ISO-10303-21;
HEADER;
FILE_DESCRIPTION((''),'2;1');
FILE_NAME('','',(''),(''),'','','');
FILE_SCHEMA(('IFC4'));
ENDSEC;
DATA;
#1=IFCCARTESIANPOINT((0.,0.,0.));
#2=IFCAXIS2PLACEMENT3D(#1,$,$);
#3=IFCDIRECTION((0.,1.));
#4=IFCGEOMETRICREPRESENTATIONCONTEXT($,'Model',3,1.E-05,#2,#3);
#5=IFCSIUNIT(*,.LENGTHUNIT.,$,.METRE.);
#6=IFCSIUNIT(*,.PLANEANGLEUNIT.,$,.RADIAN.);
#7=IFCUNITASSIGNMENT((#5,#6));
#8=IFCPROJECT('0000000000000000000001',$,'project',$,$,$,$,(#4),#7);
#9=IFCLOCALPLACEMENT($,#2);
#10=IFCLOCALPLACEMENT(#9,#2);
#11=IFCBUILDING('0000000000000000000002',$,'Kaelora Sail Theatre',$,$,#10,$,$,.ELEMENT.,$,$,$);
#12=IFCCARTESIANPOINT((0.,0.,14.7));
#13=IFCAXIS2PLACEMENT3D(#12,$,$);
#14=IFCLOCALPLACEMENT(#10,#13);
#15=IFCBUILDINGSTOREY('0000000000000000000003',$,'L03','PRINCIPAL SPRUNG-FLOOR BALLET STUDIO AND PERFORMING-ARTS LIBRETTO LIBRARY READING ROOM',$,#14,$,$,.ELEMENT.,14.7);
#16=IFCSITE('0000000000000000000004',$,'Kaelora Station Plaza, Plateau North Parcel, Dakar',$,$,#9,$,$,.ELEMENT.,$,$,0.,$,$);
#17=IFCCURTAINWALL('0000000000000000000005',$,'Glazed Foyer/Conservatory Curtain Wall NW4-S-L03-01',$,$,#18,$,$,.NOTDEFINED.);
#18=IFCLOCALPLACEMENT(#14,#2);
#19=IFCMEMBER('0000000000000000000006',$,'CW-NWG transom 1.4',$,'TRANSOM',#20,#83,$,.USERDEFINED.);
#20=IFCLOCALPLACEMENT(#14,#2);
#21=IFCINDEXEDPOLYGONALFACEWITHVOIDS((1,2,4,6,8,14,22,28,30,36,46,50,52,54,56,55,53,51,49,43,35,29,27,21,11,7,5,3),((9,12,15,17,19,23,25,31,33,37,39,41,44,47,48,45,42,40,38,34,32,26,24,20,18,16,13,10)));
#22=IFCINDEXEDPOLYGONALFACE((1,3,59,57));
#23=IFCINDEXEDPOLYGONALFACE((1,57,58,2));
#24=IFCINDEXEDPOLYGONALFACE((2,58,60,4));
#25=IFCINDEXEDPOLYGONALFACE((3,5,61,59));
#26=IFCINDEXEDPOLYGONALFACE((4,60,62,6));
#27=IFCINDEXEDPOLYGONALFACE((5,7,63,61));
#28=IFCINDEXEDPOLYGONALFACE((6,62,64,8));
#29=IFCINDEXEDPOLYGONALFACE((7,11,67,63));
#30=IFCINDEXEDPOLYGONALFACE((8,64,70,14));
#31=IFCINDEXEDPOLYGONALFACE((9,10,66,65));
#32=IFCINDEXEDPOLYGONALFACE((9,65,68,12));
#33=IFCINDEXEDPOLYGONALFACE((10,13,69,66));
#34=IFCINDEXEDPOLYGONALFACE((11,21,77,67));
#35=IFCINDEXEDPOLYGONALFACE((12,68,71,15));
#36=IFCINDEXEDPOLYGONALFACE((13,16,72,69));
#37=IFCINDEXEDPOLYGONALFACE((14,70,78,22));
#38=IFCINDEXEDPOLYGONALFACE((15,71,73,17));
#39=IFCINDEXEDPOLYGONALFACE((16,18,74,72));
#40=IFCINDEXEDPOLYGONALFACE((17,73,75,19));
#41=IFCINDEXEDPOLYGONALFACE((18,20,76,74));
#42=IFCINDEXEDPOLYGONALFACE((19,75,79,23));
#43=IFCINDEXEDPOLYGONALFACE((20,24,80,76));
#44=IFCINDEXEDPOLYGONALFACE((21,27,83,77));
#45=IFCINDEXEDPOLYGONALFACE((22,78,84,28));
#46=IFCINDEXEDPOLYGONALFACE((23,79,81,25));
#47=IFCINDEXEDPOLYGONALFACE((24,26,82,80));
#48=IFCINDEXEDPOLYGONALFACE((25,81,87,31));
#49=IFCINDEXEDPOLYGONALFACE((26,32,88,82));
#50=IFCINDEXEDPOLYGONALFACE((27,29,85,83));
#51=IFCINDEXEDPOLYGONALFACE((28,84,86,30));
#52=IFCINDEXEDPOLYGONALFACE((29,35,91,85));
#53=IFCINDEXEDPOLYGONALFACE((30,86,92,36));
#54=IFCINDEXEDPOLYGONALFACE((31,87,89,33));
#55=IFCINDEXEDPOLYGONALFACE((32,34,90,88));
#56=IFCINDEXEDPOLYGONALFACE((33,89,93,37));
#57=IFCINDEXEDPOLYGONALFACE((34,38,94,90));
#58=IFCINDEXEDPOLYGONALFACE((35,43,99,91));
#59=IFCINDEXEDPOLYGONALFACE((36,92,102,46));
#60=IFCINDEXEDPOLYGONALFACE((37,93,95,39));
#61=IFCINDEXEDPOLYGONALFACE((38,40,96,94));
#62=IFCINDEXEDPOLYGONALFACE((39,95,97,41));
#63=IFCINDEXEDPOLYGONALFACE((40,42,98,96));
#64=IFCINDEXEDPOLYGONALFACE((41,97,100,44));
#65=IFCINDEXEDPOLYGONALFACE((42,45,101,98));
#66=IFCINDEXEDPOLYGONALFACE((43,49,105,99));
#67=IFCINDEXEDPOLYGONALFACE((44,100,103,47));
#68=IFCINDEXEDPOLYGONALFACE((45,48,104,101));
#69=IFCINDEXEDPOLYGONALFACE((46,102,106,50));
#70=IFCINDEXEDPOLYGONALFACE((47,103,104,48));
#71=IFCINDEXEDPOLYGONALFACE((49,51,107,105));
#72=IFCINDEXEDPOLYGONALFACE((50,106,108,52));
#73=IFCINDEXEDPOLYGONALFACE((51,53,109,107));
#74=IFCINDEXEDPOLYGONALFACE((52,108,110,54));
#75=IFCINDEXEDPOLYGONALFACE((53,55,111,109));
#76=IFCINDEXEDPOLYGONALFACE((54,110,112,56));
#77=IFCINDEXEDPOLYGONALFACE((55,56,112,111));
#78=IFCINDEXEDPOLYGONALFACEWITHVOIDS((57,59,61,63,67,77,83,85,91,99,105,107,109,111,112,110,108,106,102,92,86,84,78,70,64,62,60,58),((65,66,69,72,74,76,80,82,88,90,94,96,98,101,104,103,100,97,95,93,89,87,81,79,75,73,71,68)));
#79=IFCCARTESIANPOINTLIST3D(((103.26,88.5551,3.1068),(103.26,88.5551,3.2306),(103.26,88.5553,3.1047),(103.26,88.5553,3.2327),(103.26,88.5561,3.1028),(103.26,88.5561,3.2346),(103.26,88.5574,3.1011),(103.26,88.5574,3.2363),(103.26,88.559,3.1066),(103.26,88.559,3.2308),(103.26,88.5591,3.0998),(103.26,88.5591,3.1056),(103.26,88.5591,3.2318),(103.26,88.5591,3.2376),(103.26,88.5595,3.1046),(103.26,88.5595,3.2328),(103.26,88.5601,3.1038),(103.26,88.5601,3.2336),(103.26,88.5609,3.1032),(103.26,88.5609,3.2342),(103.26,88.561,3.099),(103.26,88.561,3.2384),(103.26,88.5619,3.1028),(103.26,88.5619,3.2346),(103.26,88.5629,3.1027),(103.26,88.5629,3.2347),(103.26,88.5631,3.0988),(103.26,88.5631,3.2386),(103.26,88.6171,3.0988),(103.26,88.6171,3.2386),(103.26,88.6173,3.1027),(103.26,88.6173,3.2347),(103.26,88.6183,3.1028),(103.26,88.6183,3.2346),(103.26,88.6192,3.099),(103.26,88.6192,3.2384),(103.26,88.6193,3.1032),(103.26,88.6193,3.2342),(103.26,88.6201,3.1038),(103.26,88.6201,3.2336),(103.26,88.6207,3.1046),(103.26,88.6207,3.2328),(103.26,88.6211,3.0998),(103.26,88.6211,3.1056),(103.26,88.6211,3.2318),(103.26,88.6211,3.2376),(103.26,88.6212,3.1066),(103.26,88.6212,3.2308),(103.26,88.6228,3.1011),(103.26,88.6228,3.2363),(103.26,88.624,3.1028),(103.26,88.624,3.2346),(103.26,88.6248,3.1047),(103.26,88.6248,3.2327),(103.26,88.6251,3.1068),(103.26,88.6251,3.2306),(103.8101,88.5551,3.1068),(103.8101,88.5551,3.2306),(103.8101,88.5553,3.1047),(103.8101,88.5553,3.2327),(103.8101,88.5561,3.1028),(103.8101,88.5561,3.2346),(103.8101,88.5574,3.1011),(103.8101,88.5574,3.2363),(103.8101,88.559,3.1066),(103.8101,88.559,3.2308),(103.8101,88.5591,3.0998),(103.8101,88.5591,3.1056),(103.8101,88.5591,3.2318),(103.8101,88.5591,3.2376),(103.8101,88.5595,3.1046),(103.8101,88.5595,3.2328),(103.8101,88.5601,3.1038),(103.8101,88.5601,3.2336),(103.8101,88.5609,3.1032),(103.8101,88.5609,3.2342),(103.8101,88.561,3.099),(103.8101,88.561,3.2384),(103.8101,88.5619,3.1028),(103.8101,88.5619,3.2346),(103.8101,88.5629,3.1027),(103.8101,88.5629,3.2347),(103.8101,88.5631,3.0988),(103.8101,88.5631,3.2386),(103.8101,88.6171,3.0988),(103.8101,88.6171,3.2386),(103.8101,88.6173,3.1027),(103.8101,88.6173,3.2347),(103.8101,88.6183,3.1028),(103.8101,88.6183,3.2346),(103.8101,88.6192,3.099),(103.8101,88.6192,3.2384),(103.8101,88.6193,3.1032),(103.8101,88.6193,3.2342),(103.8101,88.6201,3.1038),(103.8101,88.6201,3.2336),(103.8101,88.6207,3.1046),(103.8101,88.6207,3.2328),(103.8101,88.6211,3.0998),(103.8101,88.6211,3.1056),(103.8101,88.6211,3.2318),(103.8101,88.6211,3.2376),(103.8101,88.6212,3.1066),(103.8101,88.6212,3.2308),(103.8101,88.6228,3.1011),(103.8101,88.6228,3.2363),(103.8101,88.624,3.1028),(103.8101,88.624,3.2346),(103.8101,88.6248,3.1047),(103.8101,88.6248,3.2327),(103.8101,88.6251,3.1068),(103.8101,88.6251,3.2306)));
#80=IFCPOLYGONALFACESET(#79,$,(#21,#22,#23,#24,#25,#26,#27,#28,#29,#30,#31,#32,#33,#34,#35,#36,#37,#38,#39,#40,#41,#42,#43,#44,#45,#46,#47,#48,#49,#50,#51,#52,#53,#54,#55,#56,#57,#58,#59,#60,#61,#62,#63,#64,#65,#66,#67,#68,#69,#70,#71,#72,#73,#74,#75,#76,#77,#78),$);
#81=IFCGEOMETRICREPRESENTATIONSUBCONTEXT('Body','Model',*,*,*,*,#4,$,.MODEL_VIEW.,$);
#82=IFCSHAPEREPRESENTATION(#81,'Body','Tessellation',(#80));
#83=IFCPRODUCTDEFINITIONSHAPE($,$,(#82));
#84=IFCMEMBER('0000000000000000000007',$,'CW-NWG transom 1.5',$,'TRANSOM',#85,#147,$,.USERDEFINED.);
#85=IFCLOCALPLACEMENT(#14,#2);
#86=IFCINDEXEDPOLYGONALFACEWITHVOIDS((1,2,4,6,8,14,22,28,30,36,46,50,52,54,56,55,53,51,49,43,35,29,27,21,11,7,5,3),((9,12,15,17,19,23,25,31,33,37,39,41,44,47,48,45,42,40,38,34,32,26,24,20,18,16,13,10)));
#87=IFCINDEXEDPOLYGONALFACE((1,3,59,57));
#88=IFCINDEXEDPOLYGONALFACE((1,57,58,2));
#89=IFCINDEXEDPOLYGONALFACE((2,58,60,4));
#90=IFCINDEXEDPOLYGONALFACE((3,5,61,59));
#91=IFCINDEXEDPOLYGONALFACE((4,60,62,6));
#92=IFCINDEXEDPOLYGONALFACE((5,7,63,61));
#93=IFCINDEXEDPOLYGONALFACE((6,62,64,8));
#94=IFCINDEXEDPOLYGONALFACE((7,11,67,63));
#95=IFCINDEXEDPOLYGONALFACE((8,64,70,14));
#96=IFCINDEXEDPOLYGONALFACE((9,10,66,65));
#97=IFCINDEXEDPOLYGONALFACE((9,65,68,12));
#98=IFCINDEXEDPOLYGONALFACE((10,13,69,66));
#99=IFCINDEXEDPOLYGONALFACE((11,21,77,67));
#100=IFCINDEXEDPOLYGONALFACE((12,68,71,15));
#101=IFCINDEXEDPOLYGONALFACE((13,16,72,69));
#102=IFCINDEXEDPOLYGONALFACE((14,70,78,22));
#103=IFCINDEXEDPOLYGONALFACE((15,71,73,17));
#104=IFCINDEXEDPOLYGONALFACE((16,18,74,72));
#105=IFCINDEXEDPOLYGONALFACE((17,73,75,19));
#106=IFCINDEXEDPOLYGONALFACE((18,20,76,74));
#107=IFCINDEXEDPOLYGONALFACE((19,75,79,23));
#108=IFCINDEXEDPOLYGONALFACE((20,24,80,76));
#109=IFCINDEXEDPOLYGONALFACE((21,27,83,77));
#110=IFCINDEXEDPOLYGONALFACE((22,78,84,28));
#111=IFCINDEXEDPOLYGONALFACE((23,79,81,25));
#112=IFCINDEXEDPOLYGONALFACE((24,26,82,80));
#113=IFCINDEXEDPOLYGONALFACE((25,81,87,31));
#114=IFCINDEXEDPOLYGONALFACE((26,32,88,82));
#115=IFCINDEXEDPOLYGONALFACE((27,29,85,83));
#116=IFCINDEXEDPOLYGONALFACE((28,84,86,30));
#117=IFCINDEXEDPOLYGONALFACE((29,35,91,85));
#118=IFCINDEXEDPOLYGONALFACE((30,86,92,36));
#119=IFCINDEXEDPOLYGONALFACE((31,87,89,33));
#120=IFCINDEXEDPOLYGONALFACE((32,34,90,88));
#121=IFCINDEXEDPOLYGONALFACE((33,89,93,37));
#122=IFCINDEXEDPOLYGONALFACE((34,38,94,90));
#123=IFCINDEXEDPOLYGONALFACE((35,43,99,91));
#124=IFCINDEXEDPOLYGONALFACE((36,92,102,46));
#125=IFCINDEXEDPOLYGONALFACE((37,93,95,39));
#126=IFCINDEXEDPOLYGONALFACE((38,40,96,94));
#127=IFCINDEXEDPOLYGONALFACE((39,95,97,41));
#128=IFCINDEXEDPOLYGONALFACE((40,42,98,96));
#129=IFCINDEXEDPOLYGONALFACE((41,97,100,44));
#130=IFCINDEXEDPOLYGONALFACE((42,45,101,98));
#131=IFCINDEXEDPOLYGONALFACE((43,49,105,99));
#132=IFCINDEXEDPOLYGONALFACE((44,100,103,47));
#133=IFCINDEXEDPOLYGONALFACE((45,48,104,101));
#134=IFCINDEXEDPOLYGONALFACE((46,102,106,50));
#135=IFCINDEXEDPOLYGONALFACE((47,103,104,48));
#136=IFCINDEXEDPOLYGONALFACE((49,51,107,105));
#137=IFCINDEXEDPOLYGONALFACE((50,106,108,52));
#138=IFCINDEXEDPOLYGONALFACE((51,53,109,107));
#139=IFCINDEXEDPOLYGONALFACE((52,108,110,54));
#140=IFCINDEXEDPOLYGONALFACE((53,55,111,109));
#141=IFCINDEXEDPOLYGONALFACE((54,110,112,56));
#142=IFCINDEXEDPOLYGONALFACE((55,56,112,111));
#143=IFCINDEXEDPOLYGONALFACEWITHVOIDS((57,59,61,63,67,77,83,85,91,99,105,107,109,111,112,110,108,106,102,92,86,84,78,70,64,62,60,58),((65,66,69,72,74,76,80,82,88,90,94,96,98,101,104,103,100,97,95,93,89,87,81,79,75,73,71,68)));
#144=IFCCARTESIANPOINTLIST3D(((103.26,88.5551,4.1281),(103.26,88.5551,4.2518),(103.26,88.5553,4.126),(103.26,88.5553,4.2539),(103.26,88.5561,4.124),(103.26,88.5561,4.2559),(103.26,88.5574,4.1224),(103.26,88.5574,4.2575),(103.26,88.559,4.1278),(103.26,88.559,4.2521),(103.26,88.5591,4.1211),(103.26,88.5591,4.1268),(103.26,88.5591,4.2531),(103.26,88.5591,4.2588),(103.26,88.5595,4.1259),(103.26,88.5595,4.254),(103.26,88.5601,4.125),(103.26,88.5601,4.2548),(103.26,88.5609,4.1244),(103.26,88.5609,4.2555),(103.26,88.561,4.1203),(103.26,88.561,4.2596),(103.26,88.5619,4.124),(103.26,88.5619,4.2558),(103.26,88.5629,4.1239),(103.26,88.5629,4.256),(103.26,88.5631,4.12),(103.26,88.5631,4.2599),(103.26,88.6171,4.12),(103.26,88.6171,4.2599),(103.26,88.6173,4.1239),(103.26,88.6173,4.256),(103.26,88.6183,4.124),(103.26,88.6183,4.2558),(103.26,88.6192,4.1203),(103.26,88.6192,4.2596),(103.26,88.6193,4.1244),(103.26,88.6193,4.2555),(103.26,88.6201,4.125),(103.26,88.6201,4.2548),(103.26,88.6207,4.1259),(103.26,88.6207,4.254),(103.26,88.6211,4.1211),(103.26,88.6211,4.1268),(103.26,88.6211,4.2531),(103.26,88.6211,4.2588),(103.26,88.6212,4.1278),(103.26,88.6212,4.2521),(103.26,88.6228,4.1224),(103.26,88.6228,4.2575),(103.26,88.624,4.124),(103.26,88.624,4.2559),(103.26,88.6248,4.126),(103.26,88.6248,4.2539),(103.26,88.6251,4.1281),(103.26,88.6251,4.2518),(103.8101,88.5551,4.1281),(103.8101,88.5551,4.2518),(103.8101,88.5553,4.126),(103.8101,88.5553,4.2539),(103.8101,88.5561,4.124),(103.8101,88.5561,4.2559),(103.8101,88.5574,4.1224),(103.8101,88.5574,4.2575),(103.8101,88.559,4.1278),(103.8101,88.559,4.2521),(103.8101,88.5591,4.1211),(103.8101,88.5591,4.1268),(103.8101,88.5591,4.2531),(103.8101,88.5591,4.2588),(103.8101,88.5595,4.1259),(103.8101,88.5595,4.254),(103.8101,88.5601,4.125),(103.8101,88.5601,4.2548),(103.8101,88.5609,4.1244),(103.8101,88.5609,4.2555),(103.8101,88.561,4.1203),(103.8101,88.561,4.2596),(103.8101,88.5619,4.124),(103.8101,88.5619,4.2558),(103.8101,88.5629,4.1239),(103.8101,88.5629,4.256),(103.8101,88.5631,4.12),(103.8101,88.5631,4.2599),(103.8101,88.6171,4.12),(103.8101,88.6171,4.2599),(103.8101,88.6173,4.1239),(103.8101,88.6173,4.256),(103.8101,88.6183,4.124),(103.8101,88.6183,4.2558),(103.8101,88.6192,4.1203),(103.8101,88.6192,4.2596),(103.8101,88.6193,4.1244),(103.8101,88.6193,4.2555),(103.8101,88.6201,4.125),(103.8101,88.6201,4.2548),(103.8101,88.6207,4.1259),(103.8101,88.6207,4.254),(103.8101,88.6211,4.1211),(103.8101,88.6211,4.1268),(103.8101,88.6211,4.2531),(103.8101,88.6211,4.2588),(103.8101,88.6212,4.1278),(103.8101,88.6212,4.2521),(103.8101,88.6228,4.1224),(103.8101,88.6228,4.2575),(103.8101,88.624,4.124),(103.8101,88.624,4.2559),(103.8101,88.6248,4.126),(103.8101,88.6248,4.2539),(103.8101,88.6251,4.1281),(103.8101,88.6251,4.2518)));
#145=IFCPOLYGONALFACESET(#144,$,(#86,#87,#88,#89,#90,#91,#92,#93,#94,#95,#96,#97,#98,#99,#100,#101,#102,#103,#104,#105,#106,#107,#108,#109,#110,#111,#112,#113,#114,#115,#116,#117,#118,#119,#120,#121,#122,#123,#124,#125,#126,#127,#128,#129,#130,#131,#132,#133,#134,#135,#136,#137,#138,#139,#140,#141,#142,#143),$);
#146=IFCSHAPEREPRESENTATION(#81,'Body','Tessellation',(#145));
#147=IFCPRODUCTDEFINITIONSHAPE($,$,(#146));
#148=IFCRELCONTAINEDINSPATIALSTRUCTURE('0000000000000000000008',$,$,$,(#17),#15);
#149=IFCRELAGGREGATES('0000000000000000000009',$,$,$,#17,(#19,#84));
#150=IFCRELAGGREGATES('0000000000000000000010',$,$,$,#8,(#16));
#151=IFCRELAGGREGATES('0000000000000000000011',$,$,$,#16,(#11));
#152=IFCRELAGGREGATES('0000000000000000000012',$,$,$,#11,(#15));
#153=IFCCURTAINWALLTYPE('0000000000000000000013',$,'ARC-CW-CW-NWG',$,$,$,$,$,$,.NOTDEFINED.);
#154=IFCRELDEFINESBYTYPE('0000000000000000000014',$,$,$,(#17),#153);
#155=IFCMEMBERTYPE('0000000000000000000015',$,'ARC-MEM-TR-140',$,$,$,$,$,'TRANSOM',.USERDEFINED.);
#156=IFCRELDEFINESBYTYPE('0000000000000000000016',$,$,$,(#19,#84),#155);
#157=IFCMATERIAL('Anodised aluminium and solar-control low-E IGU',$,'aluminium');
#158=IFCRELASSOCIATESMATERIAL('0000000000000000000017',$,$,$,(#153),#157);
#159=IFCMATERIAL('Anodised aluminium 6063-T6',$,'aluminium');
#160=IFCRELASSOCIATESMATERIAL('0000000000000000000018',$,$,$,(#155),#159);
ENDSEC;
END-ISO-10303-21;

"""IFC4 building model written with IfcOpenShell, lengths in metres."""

from ifc_helpers import new_model, si_unit, direction, frame, origin, origin_2d, place, context, subcontext, project, spatial, hollow_rectangle, extrude, material, material_profile, profile_set, type_object, element, aggregate, save


model = new_model("IFC4")

# Units and contexts
model_context = context("Model", 3, precision=1e-05, world=origin(), true_north=direction((0.0, 1.0)))
body_context = subcontext(model_context, "Body", "Model", "MODEL_VIEW")
ifc_project = project(units=[si_unit("LENGTHUNIT", "METRE"), si_unit("PLANEANGLEUNIT", "RADIAN")], contexts=[model_context])

# Site, building, storey
site_placement = place(None, origin())
site = spatial("IfcSite", under=ifc_project, at=site_placement, Name="Kaelora Station Plaza, Plateau North Parcel, Dakar", CompositionType="ELEMENT", RefElevation=0.0)
building_placement = place(site_placement, origin())
building = spatial("IfcBuilding", under=site, at=building_placement, Name="Kaelora Sail Theatre", CompositionType="ELEMENT")
storey_placement = place(building_placement, frame((0.0, 0.0, 14.7)))
storey = spatial("IfcBuildingStorey", under=building, at=storey_placement, Name="L03", Description="PRINCIPAL SPRUNG-FLOOR BALLET STUDIO AND PERFORMING-ARTS LIBRETTO LIBRARY READING ROOM", CompositionType="ELEMENT", Elevation=14.7)

# Curtain wall
ifc_material_1 = material(Name="Anodised aluminium and solar-control low-E IGU", Category="aluminium")
curtain_wall_type_1 = type_object("IfcCurtainWallType", Name="ARC-CW-CW-NWG", PredefinedType="NOTDEFINED", material=ifc_material_1)
curtain_wall_1_placement = place(storey_placement, origin())
curtain_wall_1 = element("IfcCurtainWall", 1, at=curtain_wall_1_placement, inside=storey, type_object=curtain_wall_type_1, Name="Glazed Foyer/Conservatory Curtain Wall NW4-S-L03-01", PredefinedType="NOTDEFINED")

# Members
ifc_material_2 = material(Name="Anodised aluminium 6063-T6", Category="aluminium")
ifc_material_profile_1 = material_profile(ifc_material_2, hollow_rectangle(XDim=0.0701, YDim=0.1399, WallThickness=0.0039, InnerFilletRadius=0.0039, OuterFilletRadius=0.0081, at=origin_2d()), Name="ALU-TRAN 70x140x4")
ifc_profile_set_1 = profile_set([ifc_material_profile_1], Name="Anodised aluminium 6063-T6")
member_type_1 = type_object("IfcMemberType", Name="ARC-MEM-TR-140", ElementType="TRANSOM", PredefinedType="USERDEFINED", material=ifc_profile_set_1)
member_1_placement = place(storey_placement, frame((103.26, 88.5901, 3.1687), z_axis=(1.0, 0.0, 0.0), x_axis=(0.0, 1.0, 0.0)))
member_1 = element("IfcMember", 2, at=member_1_placement, type_object=member_type_1, Name="CW-NWG transom 1.4", ObjectType="TRANSOM", PredefinedType="USERDEFINED", context=body_context, shape_type="SweptSolid", body=[
    extrude(hollow_rectangle(XDim=0.0701, YDim=0.1399, WallThickness=0.0039, InnerFilletRadius=0.0039, OuterFilletRadius=0.0081, at=origin_2d()), origin(), (0.0, 0.0, 1.0), 0.55),
])
member_2_placement = place(storey_placement, frame((103.26, 88.5901, 4.1899), z_axis=(1.0, 0.0, 0.0), x_axis=(0.0, 1.0, 0.0)))
member_2 = element("IfcMember", 3, at=member_2_placement, type_object=member_type_1, Name="CW-NWG transom 1.5", ObjectType="TRANSOM", PredefinedType="USERDEFINED", context=body_context, shape_type="SweptSolid", body=[
    extrude(hollow_rectangle(XDim=0.0701, YDim=0.1399, WallThickness=0.0039, InnerFilletRadius=0.0039, OuterFilletRadius=0.0081, at=origin_2d()), origin(), (0.0, 0.0, 1.0), 0.55),
])

aggregate(curtain_wall_1, [member_1, member_2])

save(model, "model.ifc")
